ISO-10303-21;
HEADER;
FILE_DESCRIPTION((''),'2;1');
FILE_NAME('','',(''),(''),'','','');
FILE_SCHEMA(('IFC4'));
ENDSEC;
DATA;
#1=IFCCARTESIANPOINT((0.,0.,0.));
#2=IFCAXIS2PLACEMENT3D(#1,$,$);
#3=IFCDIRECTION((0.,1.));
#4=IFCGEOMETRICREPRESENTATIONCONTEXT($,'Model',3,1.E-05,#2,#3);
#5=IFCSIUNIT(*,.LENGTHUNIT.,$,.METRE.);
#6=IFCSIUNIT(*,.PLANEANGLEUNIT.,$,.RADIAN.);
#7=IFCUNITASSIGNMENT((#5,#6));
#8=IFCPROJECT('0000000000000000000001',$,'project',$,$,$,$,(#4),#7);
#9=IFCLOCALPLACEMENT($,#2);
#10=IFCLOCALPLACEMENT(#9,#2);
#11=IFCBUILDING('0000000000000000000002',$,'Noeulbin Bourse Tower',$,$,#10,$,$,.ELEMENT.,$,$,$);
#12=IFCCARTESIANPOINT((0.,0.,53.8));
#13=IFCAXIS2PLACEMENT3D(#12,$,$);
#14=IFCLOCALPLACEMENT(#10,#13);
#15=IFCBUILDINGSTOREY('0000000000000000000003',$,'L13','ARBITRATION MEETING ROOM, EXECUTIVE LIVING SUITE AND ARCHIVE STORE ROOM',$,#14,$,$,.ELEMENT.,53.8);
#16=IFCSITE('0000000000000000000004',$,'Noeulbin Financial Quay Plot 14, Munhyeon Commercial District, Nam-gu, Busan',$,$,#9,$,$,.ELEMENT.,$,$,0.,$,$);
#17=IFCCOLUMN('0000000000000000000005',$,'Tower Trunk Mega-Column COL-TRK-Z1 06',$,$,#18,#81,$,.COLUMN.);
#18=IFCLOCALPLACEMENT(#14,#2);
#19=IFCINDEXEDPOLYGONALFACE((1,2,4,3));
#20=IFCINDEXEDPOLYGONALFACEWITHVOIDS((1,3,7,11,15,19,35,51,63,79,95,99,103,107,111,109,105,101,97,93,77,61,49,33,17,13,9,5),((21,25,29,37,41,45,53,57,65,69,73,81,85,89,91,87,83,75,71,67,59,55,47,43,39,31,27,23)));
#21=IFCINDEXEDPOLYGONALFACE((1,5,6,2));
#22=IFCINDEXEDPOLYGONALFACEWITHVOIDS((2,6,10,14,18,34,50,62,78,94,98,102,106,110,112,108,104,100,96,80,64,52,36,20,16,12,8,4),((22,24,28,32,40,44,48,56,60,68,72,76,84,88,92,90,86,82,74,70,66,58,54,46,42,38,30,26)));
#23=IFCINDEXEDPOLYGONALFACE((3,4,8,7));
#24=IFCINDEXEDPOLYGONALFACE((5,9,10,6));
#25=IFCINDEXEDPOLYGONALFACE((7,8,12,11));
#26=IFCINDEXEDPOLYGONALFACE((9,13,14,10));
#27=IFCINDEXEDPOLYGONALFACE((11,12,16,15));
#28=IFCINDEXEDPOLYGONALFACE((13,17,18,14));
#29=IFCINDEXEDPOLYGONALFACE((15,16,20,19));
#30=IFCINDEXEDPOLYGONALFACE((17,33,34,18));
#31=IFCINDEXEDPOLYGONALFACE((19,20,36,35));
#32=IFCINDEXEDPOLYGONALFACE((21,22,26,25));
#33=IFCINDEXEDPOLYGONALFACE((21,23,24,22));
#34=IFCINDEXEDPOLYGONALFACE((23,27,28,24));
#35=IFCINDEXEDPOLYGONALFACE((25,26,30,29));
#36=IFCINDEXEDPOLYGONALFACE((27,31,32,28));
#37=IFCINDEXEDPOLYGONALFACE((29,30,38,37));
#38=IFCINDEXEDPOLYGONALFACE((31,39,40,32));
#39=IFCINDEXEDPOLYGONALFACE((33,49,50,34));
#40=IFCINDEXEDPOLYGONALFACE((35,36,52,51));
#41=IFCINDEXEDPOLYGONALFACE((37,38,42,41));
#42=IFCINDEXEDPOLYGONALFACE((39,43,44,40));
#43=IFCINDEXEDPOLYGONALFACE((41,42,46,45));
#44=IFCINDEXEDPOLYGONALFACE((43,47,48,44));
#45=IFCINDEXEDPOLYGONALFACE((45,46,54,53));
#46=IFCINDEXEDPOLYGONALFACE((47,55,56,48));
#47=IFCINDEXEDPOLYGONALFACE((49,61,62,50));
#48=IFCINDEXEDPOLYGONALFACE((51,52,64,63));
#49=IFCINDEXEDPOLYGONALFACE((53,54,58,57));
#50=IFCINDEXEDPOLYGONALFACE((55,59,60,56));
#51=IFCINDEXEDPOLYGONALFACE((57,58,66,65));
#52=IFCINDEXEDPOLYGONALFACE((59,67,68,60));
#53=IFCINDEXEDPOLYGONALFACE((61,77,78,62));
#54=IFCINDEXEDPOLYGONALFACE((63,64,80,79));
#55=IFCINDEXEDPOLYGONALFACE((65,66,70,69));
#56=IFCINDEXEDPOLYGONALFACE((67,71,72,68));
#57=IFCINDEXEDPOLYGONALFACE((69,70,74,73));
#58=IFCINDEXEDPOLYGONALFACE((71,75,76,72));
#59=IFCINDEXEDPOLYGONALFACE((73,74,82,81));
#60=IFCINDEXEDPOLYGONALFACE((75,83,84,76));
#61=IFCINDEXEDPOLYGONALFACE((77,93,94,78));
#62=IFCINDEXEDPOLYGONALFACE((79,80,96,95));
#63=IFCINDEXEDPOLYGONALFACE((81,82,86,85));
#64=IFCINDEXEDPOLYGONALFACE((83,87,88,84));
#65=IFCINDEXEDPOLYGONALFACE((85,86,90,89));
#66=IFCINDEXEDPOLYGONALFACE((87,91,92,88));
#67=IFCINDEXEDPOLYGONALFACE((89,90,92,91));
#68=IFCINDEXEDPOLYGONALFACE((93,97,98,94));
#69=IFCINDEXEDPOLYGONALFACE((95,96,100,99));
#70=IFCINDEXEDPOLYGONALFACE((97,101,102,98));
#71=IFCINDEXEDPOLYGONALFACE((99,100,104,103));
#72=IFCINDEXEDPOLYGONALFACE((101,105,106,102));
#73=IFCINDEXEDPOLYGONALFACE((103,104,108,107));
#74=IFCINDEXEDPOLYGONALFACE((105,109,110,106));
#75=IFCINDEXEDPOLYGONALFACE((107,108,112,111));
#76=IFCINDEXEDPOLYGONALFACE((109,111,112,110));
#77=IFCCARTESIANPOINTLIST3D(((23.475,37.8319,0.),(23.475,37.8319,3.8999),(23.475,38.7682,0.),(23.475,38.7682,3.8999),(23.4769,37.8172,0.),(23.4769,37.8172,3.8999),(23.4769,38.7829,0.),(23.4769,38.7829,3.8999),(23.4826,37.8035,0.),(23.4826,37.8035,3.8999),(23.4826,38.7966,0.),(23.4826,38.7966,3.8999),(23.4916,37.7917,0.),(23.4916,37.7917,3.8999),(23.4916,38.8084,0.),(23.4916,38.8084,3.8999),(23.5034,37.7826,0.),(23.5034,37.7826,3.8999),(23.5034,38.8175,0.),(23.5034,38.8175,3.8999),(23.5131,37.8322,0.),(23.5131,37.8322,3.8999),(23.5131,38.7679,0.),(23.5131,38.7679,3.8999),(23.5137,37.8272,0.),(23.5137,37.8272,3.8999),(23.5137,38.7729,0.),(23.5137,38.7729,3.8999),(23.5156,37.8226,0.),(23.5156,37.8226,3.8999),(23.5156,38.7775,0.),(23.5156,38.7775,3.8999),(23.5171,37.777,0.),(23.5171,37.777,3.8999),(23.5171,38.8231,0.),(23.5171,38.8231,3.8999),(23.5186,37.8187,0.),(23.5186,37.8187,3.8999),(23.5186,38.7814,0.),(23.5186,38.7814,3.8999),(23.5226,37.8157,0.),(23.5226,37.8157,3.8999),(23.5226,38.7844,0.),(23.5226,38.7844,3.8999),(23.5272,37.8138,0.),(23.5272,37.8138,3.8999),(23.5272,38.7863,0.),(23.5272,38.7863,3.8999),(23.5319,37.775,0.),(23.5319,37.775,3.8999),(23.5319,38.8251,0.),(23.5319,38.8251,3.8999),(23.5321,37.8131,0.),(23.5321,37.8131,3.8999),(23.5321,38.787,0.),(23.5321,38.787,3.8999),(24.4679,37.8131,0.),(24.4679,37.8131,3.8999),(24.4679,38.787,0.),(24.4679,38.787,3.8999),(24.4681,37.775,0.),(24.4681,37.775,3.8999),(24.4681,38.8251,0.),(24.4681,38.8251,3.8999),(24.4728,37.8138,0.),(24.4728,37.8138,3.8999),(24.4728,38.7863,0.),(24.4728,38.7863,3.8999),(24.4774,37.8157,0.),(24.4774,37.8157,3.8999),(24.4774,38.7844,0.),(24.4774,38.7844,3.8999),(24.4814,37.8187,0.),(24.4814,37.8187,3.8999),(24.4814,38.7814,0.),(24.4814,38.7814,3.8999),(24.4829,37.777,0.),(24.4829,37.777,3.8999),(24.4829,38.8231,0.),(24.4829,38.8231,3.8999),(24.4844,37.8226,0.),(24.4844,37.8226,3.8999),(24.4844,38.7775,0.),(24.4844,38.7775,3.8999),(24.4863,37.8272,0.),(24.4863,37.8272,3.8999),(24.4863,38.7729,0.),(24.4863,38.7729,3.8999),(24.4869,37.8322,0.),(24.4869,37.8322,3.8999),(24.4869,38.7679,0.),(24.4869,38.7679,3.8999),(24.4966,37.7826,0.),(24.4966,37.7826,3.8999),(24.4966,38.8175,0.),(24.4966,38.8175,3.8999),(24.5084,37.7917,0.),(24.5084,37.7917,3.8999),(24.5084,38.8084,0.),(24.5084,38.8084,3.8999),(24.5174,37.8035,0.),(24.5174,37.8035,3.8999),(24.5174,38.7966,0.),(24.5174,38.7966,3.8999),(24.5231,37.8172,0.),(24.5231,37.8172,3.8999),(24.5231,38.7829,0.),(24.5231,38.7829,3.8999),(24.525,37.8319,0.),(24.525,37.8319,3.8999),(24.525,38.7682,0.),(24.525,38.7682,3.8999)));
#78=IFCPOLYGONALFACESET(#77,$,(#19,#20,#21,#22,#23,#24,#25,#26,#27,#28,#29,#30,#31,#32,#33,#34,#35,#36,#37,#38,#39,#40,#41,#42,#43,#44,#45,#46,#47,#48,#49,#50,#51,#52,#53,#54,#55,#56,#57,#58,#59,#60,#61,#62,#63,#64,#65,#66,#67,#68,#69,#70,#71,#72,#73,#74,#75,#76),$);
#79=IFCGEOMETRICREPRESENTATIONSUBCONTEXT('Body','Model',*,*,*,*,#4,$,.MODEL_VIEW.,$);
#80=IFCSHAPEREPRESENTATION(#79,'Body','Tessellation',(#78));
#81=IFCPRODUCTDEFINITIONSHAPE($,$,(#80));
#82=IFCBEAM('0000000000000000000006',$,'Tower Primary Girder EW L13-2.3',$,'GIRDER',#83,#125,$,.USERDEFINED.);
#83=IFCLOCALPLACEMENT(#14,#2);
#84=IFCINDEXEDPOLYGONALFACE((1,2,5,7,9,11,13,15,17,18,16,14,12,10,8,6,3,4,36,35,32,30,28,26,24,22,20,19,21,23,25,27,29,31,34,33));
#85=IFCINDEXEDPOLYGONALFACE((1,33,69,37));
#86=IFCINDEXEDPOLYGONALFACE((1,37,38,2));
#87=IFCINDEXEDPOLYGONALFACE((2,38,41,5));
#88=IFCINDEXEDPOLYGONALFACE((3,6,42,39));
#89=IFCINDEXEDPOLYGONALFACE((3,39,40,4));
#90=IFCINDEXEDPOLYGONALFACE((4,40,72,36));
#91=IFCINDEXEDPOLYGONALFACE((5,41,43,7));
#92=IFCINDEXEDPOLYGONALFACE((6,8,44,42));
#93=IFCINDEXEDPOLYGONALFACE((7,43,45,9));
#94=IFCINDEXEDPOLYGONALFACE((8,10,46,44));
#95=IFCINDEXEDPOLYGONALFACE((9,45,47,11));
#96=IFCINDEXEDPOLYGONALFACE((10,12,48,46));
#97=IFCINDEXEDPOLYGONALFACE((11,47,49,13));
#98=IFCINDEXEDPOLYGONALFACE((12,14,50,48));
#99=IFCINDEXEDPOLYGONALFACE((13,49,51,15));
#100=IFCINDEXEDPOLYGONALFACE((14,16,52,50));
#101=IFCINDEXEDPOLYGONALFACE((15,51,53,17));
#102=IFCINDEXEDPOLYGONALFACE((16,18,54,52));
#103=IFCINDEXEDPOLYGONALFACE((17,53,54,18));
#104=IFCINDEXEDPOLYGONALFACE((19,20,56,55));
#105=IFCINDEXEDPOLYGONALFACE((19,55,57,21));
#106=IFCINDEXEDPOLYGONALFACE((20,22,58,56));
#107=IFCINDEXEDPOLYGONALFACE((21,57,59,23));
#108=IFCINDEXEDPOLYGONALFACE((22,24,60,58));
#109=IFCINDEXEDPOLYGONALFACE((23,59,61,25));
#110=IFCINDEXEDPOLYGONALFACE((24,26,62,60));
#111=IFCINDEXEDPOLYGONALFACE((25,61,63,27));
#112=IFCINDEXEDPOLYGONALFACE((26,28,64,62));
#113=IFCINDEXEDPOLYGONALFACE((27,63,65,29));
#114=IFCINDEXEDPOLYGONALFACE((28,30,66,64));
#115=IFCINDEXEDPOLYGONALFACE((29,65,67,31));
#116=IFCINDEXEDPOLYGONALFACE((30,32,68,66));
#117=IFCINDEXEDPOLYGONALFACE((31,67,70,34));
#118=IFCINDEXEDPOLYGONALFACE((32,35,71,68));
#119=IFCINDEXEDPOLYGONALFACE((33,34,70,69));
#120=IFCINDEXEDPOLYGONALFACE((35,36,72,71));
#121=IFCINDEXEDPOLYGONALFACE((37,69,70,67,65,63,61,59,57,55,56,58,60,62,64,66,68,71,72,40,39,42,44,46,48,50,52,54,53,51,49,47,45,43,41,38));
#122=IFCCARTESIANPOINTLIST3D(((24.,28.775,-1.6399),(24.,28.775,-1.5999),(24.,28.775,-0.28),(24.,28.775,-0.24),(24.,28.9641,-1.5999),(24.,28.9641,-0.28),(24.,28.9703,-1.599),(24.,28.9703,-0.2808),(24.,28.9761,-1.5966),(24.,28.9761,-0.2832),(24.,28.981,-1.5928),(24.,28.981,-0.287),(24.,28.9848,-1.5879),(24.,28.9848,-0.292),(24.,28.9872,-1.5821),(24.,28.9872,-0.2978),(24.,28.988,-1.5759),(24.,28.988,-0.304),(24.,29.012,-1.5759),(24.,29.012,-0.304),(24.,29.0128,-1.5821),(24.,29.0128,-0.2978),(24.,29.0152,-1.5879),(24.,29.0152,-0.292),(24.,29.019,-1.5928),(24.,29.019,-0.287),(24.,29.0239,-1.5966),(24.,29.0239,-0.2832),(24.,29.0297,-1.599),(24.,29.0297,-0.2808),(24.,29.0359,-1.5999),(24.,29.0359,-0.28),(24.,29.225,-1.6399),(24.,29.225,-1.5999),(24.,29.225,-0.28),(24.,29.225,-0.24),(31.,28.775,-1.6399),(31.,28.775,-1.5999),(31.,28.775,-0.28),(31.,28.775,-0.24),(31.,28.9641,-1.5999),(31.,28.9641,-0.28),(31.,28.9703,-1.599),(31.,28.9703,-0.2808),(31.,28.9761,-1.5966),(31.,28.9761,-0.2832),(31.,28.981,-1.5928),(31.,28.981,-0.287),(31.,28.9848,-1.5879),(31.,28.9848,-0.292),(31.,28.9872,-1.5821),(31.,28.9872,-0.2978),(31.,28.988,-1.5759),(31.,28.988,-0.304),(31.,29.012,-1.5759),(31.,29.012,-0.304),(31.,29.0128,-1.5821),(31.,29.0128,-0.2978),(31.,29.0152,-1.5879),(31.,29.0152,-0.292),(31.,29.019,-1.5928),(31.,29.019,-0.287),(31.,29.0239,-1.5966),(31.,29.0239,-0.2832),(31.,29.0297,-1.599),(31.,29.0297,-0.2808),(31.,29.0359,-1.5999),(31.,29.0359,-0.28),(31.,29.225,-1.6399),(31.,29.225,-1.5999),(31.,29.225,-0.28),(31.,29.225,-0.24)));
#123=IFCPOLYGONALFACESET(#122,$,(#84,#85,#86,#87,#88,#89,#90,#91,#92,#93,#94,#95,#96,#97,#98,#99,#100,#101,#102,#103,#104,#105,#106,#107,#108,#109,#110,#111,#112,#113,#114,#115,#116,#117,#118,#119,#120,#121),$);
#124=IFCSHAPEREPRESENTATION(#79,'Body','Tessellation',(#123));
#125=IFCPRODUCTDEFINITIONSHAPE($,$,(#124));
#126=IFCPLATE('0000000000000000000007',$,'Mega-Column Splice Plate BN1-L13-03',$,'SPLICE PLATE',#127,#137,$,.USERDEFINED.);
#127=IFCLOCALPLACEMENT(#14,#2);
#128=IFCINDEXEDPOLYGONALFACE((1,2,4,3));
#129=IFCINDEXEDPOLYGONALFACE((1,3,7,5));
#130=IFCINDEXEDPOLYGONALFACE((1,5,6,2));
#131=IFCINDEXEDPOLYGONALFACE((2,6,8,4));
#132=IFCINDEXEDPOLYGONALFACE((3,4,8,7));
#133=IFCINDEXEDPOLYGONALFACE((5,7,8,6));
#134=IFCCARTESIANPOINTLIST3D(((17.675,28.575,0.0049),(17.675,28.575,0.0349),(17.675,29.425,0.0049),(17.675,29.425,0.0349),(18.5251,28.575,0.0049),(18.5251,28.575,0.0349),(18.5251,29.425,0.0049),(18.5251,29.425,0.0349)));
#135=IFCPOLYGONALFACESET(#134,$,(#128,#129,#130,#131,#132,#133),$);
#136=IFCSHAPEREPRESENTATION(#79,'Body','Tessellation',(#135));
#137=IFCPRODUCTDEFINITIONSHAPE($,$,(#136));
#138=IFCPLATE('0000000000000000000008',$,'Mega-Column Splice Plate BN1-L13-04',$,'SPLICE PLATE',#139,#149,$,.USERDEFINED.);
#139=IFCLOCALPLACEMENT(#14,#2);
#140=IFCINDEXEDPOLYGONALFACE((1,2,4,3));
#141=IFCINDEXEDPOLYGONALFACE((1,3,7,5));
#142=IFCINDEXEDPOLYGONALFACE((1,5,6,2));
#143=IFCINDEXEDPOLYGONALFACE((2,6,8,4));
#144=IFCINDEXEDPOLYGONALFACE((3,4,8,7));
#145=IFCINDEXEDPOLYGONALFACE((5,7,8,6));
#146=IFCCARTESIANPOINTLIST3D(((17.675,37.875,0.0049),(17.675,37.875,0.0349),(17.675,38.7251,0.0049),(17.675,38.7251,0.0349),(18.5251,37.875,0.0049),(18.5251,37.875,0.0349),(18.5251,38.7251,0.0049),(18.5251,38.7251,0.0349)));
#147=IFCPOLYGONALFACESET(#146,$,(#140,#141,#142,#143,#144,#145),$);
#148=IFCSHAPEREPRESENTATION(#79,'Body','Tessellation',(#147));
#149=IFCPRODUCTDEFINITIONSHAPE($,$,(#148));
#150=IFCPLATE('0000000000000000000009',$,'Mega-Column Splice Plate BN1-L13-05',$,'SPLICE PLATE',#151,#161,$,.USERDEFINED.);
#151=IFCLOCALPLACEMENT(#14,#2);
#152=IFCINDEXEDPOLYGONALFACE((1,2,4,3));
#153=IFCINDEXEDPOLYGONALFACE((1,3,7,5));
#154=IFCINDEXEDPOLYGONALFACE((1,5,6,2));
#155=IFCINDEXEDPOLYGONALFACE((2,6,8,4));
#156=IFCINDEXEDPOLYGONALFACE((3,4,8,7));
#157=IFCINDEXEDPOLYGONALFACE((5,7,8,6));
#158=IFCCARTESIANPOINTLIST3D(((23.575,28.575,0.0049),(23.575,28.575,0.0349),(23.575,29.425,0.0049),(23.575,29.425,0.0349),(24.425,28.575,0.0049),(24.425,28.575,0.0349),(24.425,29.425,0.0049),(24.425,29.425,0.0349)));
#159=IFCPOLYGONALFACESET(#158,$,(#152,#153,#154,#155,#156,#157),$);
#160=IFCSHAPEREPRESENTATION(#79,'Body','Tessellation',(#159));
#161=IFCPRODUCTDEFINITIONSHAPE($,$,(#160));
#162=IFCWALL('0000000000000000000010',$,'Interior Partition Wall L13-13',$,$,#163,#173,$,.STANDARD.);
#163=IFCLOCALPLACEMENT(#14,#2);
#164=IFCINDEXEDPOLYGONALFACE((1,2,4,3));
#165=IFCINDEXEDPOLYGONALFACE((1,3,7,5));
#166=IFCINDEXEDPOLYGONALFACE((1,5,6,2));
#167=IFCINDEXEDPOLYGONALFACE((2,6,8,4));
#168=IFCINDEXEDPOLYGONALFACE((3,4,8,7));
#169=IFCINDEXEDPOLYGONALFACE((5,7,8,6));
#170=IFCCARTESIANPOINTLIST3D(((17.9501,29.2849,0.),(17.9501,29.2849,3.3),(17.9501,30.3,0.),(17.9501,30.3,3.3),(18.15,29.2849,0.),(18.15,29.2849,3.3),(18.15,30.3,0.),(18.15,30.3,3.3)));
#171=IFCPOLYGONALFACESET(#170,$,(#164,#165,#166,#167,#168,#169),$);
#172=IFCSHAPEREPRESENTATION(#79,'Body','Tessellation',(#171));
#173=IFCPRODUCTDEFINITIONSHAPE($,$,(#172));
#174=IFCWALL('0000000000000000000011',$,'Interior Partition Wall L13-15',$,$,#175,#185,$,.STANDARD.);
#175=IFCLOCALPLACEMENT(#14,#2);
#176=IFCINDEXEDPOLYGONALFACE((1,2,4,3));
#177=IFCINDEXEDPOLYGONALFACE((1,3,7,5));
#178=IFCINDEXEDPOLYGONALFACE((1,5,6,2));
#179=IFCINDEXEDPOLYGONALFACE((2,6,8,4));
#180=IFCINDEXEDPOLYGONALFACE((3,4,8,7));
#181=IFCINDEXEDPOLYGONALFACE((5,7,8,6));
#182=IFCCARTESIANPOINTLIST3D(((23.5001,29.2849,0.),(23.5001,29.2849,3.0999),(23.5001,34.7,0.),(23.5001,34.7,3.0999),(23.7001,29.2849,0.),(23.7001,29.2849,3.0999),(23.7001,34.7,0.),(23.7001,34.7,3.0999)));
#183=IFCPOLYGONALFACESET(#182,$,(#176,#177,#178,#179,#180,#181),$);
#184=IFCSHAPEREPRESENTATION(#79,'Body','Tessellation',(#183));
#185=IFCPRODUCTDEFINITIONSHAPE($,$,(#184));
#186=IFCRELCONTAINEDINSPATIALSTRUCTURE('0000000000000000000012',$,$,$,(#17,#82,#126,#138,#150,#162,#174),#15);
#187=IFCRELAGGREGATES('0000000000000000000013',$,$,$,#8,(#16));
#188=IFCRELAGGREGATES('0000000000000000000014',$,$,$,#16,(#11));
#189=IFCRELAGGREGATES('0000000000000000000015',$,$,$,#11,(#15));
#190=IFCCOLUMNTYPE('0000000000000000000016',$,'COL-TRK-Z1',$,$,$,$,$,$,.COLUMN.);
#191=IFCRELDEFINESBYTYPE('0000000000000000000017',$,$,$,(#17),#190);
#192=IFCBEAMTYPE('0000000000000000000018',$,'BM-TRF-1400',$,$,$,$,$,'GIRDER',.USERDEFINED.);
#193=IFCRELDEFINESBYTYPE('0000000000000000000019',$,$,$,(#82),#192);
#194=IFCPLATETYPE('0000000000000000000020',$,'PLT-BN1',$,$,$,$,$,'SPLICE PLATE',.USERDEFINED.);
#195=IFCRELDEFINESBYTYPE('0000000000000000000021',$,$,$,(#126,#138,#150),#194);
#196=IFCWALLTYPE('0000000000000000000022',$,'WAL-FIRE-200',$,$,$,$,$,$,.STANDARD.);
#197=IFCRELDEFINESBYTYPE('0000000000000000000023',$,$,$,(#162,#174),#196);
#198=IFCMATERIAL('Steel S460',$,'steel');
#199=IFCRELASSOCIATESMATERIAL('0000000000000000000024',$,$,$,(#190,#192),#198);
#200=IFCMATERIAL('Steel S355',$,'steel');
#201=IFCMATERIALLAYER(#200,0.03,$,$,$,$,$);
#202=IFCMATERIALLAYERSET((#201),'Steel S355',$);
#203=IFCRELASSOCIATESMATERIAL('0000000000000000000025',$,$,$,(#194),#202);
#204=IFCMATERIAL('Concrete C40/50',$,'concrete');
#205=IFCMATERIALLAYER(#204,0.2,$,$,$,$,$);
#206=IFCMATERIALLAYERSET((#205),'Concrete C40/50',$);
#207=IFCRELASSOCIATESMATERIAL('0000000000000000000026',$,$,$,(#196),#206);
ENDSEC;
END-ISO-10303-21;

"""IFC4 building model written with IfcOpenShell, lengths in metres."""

from ifc_helpers import new_model, si_unit, direction, frame, frame_2d, origin, origin_2d, place, context, subcontext, project, spatial, rectangle, hollow_rectangle, i_section, extrude, material, layer, layer_set, material_profile, profile_set, type_object, element, save


model = new_model("IFC4")

# Units and contexts
model_context = context("Model", 3, precision=1e-05, world=origin(), true_north=direction((0.0, 1.0)))
body_context = subcontext(model_context, "Body", "Model", "MODEL_VIEW")
ifc_project = project(units=[si_unit("LENGTHUNIT", "METRE"), si_unit("PLANEANGLEUNIT", "RADIAN")], contexts=[model_context])

# Site, building, storey
site_placement = place(None, origin())
site = spatial("IfcSite", under=ifc_project, at=site_placement, Name="Noeulbin Financial Quay Plot 14, Munhyeon Commercial District, Nam-gu, Busan", CompositionType="ELEMENT", RefElevation=0.0)
building_placement = place(site_placement, origin())
building = spatial("IfcBuilding", under=site, at=building_placement, Name="Noeulbin Bourse Tower", CompositionType="ELEMENT")
storey_placement = place(building_placement, frame((0.0, 0.0, 53.8)))
storey = spatial("IfcBuildingStorey", under=building, at=storey_placement, Name="L13", Description="ARBITRATION MEETING ROOM, EXECUTIVE LIVING SUITE AND ARCHIVE STORE ROOM", CompositionType="ELEMENT", Elevation=53.8)

# Column
ifc_material_1 = material(Name="Steel S460", Category="steel")
ifc_material_profile_1 = material_profile(ifc_material_1, hollow_rectangle(XDim=1.05, YDim=1.05, WallThickness=0.0381, InnerFilletRadius=0.019, OuterFilletRadius=0.0569, at=origin_2d()), Name="BOX-1050x1050x38", Category="LoadBearing")
ifc_profile_set_1 = profile_set([ifc_material_profile_1], Name="Steel S460")
column_type = type_object("IfcColumnType", Name="COL-TRK-Z1", PredefinedType="COLUMN", material=ifc_profile_set_1)
for number, where, z_axis, x_axis, name in (
    (1, (24.0, 38.3, 0.0), (0.0, 0.0, 1.0), (1.0, 0.0, 0.0), "Tower Trunk Mega-Column COL-TRK-Z1 06"),
):
    element("IfcColumn", number, at=place(storey_placement, frame(where, z_axis=z_axis, x_axis=x_axis)), inside=storey, type_object=column_type, Name=name, PredefinedType="COLUMN", context=body_context, shape_type="SweptSolid", body=[
        extrude(hollow_rectangle(XDim=1.05, YDim=1.05, WallThickness=0.0381, InnerFilletRadius=0.019, OuterFilletRadius=0.0569, at=origin_2d()), origin(), (0.0, 0.0, 1.0), 3.8999),
    ])

# Beam
ifc_material_profile_2 = material_profile(ifc_material_1, i_section(OverallWidth=0.45, OverallDepth=1.3999, WebThickness=0.0239, FlangeThickness=0.04, FilletRadius=0.0239, at=origin_2d()), Name="PG-1400x450x24x40", Category="LoadBearing")
ifc_profile_set_2 = profile_set([ifc_material_profile_2], Name="Steel S460")
beam_type = type_object("IfcBeamType", Name="BM-TRF-1400", ElementType="GIRDER", PredefinedType="USERDEFINED", material=ifc_profile_set_2)
beam_placement = place(storey_placement, frame((24.0, 29.0, -0.9399), z_axis=(1.0, 0.0, 0.0), x_axis=(0.0, 1.0, 0.0)))
element("IfcBeam", 2, at=beam_placement, inside=storey, type_object=beam_type, Name="Tower Primary Girder EW L13-2.3", ObjectType="GIRDER", PredefinedType="USERDEFINED", context=body_context, shape_type="SweptSolid", body=[
    extrude(i_section(OverallWidth=0.45, OverallDepth=1.3999, WebThickness=0.0239, FlangeThickness=0.04, FilletRadius=0.0239, at=origin_2d()), origin(), (0.0, 0.0, 1.0), 7.0),
])

# Plates
ifc_material_2 = material(Name="Steel S355", Category="steel")
ifc_layer_1 = layer(ifc_material_2, 0.03)
ifc_layer_set_1 = layer_set([ifc_layer_1], Name="Steel S355")
plate_type = type_object("IfcPlateType", Name="PLT-BN1", ElementType="SPLICE PLATE", PredefinedType="USERDEFINED", material=ifc_layer_set_1)
for number, where, z_axis, x_axis, name in (
    (3, (18.1001, 29.0, 0.0049), (0.0, 0.0, 1.0), (1.0, 0.0, 0.0), "Mega-Column Splice Plate BN1-L13-03"),
    (4, (18.1001, 38.3, 0.0049), (0.0, 0.0, 1.0), (1.0, 0.0, 0.0), "Mega-Column Splice Plate BN1-L13-04"),
    (5, (24.0, 29.0, 0.0049), (0.0, 0.0, 1.0), (1.0, 0.0, 0.0), "Mega-Column Splice Plate BN1-L13-05"),
):
    element("IfcPlate", number, at=place(storey_placement, frame(where, z_axis=z_axis, x_axis=x_axis)), inside=storey, type_object=plate_type, Name=name, ObjectType="SPLICE PLATE", PredefinedType="USERDEFINED", context=body_context, shape_type="SweptSolid", body=[
        extrude(rectangle(XDim=0.8501, YDim=0.8501, at=origin_2d()), origin(), (0.0, 0.0, 1.0), 0.03),
    ])

# Walls
ifc_material_3 = material(Name="Concrete C40/50", Category="concrete")
ifc_layer_2 = layer(ifc_material_3, 0.2)
ifc_layer_set_2 = layer_set([ifc_layer_2], Name="Concrete C40/50")
wall_type_1 = type_object("IfcWallType", Name="WAL-FIRE-200", PredefinedType="STANDARD", material=ifc_layer_set_2)
wall_1_placement = place(storey_placement, frame((18.05, 29.2849, 0.0), z_axis=(0.0, 0.0, 1.0), x_axis=(0.0, 1.0, 0.0)))
element("IfcWall", 6, at=wall_1_placement, inside=storey, type_object=wall_type_1, Name="Interior Partition Wall L13-13", PredefinedType="STANDARD", context=body_context, shape_type="SweptSolid", body=[
    extrude(rectangle(XDim=1.0151, YDim=0.2, at=frame_2d((0.5076, 0.0))), origin(), (0.0, 0.0, 1.0), 3.3),
])
wall_2_placement = place(storey_placement, frame((23.6001, 29.2849, 0.0), z_axis=(0.0, 0.0, 1.0), x_axis=(0.0, 1.0, 0.0)))
element("IfcWall", 7, at=wall_2_placement, inside=storey, type_object=wall_type_1, Name="Interior Partition Wall L13-15", PredefinedType="STANDARD", context=body_context, shape_type="SweptSolid", body=[
    extrude(rectangle(XDim=5.415, YDim=0.2, at=frame_2d((2.7075, 0.0))), origin(), (0.0, 0.0, 1.0), 3.0999),
])

save(model, "model.ifc")
